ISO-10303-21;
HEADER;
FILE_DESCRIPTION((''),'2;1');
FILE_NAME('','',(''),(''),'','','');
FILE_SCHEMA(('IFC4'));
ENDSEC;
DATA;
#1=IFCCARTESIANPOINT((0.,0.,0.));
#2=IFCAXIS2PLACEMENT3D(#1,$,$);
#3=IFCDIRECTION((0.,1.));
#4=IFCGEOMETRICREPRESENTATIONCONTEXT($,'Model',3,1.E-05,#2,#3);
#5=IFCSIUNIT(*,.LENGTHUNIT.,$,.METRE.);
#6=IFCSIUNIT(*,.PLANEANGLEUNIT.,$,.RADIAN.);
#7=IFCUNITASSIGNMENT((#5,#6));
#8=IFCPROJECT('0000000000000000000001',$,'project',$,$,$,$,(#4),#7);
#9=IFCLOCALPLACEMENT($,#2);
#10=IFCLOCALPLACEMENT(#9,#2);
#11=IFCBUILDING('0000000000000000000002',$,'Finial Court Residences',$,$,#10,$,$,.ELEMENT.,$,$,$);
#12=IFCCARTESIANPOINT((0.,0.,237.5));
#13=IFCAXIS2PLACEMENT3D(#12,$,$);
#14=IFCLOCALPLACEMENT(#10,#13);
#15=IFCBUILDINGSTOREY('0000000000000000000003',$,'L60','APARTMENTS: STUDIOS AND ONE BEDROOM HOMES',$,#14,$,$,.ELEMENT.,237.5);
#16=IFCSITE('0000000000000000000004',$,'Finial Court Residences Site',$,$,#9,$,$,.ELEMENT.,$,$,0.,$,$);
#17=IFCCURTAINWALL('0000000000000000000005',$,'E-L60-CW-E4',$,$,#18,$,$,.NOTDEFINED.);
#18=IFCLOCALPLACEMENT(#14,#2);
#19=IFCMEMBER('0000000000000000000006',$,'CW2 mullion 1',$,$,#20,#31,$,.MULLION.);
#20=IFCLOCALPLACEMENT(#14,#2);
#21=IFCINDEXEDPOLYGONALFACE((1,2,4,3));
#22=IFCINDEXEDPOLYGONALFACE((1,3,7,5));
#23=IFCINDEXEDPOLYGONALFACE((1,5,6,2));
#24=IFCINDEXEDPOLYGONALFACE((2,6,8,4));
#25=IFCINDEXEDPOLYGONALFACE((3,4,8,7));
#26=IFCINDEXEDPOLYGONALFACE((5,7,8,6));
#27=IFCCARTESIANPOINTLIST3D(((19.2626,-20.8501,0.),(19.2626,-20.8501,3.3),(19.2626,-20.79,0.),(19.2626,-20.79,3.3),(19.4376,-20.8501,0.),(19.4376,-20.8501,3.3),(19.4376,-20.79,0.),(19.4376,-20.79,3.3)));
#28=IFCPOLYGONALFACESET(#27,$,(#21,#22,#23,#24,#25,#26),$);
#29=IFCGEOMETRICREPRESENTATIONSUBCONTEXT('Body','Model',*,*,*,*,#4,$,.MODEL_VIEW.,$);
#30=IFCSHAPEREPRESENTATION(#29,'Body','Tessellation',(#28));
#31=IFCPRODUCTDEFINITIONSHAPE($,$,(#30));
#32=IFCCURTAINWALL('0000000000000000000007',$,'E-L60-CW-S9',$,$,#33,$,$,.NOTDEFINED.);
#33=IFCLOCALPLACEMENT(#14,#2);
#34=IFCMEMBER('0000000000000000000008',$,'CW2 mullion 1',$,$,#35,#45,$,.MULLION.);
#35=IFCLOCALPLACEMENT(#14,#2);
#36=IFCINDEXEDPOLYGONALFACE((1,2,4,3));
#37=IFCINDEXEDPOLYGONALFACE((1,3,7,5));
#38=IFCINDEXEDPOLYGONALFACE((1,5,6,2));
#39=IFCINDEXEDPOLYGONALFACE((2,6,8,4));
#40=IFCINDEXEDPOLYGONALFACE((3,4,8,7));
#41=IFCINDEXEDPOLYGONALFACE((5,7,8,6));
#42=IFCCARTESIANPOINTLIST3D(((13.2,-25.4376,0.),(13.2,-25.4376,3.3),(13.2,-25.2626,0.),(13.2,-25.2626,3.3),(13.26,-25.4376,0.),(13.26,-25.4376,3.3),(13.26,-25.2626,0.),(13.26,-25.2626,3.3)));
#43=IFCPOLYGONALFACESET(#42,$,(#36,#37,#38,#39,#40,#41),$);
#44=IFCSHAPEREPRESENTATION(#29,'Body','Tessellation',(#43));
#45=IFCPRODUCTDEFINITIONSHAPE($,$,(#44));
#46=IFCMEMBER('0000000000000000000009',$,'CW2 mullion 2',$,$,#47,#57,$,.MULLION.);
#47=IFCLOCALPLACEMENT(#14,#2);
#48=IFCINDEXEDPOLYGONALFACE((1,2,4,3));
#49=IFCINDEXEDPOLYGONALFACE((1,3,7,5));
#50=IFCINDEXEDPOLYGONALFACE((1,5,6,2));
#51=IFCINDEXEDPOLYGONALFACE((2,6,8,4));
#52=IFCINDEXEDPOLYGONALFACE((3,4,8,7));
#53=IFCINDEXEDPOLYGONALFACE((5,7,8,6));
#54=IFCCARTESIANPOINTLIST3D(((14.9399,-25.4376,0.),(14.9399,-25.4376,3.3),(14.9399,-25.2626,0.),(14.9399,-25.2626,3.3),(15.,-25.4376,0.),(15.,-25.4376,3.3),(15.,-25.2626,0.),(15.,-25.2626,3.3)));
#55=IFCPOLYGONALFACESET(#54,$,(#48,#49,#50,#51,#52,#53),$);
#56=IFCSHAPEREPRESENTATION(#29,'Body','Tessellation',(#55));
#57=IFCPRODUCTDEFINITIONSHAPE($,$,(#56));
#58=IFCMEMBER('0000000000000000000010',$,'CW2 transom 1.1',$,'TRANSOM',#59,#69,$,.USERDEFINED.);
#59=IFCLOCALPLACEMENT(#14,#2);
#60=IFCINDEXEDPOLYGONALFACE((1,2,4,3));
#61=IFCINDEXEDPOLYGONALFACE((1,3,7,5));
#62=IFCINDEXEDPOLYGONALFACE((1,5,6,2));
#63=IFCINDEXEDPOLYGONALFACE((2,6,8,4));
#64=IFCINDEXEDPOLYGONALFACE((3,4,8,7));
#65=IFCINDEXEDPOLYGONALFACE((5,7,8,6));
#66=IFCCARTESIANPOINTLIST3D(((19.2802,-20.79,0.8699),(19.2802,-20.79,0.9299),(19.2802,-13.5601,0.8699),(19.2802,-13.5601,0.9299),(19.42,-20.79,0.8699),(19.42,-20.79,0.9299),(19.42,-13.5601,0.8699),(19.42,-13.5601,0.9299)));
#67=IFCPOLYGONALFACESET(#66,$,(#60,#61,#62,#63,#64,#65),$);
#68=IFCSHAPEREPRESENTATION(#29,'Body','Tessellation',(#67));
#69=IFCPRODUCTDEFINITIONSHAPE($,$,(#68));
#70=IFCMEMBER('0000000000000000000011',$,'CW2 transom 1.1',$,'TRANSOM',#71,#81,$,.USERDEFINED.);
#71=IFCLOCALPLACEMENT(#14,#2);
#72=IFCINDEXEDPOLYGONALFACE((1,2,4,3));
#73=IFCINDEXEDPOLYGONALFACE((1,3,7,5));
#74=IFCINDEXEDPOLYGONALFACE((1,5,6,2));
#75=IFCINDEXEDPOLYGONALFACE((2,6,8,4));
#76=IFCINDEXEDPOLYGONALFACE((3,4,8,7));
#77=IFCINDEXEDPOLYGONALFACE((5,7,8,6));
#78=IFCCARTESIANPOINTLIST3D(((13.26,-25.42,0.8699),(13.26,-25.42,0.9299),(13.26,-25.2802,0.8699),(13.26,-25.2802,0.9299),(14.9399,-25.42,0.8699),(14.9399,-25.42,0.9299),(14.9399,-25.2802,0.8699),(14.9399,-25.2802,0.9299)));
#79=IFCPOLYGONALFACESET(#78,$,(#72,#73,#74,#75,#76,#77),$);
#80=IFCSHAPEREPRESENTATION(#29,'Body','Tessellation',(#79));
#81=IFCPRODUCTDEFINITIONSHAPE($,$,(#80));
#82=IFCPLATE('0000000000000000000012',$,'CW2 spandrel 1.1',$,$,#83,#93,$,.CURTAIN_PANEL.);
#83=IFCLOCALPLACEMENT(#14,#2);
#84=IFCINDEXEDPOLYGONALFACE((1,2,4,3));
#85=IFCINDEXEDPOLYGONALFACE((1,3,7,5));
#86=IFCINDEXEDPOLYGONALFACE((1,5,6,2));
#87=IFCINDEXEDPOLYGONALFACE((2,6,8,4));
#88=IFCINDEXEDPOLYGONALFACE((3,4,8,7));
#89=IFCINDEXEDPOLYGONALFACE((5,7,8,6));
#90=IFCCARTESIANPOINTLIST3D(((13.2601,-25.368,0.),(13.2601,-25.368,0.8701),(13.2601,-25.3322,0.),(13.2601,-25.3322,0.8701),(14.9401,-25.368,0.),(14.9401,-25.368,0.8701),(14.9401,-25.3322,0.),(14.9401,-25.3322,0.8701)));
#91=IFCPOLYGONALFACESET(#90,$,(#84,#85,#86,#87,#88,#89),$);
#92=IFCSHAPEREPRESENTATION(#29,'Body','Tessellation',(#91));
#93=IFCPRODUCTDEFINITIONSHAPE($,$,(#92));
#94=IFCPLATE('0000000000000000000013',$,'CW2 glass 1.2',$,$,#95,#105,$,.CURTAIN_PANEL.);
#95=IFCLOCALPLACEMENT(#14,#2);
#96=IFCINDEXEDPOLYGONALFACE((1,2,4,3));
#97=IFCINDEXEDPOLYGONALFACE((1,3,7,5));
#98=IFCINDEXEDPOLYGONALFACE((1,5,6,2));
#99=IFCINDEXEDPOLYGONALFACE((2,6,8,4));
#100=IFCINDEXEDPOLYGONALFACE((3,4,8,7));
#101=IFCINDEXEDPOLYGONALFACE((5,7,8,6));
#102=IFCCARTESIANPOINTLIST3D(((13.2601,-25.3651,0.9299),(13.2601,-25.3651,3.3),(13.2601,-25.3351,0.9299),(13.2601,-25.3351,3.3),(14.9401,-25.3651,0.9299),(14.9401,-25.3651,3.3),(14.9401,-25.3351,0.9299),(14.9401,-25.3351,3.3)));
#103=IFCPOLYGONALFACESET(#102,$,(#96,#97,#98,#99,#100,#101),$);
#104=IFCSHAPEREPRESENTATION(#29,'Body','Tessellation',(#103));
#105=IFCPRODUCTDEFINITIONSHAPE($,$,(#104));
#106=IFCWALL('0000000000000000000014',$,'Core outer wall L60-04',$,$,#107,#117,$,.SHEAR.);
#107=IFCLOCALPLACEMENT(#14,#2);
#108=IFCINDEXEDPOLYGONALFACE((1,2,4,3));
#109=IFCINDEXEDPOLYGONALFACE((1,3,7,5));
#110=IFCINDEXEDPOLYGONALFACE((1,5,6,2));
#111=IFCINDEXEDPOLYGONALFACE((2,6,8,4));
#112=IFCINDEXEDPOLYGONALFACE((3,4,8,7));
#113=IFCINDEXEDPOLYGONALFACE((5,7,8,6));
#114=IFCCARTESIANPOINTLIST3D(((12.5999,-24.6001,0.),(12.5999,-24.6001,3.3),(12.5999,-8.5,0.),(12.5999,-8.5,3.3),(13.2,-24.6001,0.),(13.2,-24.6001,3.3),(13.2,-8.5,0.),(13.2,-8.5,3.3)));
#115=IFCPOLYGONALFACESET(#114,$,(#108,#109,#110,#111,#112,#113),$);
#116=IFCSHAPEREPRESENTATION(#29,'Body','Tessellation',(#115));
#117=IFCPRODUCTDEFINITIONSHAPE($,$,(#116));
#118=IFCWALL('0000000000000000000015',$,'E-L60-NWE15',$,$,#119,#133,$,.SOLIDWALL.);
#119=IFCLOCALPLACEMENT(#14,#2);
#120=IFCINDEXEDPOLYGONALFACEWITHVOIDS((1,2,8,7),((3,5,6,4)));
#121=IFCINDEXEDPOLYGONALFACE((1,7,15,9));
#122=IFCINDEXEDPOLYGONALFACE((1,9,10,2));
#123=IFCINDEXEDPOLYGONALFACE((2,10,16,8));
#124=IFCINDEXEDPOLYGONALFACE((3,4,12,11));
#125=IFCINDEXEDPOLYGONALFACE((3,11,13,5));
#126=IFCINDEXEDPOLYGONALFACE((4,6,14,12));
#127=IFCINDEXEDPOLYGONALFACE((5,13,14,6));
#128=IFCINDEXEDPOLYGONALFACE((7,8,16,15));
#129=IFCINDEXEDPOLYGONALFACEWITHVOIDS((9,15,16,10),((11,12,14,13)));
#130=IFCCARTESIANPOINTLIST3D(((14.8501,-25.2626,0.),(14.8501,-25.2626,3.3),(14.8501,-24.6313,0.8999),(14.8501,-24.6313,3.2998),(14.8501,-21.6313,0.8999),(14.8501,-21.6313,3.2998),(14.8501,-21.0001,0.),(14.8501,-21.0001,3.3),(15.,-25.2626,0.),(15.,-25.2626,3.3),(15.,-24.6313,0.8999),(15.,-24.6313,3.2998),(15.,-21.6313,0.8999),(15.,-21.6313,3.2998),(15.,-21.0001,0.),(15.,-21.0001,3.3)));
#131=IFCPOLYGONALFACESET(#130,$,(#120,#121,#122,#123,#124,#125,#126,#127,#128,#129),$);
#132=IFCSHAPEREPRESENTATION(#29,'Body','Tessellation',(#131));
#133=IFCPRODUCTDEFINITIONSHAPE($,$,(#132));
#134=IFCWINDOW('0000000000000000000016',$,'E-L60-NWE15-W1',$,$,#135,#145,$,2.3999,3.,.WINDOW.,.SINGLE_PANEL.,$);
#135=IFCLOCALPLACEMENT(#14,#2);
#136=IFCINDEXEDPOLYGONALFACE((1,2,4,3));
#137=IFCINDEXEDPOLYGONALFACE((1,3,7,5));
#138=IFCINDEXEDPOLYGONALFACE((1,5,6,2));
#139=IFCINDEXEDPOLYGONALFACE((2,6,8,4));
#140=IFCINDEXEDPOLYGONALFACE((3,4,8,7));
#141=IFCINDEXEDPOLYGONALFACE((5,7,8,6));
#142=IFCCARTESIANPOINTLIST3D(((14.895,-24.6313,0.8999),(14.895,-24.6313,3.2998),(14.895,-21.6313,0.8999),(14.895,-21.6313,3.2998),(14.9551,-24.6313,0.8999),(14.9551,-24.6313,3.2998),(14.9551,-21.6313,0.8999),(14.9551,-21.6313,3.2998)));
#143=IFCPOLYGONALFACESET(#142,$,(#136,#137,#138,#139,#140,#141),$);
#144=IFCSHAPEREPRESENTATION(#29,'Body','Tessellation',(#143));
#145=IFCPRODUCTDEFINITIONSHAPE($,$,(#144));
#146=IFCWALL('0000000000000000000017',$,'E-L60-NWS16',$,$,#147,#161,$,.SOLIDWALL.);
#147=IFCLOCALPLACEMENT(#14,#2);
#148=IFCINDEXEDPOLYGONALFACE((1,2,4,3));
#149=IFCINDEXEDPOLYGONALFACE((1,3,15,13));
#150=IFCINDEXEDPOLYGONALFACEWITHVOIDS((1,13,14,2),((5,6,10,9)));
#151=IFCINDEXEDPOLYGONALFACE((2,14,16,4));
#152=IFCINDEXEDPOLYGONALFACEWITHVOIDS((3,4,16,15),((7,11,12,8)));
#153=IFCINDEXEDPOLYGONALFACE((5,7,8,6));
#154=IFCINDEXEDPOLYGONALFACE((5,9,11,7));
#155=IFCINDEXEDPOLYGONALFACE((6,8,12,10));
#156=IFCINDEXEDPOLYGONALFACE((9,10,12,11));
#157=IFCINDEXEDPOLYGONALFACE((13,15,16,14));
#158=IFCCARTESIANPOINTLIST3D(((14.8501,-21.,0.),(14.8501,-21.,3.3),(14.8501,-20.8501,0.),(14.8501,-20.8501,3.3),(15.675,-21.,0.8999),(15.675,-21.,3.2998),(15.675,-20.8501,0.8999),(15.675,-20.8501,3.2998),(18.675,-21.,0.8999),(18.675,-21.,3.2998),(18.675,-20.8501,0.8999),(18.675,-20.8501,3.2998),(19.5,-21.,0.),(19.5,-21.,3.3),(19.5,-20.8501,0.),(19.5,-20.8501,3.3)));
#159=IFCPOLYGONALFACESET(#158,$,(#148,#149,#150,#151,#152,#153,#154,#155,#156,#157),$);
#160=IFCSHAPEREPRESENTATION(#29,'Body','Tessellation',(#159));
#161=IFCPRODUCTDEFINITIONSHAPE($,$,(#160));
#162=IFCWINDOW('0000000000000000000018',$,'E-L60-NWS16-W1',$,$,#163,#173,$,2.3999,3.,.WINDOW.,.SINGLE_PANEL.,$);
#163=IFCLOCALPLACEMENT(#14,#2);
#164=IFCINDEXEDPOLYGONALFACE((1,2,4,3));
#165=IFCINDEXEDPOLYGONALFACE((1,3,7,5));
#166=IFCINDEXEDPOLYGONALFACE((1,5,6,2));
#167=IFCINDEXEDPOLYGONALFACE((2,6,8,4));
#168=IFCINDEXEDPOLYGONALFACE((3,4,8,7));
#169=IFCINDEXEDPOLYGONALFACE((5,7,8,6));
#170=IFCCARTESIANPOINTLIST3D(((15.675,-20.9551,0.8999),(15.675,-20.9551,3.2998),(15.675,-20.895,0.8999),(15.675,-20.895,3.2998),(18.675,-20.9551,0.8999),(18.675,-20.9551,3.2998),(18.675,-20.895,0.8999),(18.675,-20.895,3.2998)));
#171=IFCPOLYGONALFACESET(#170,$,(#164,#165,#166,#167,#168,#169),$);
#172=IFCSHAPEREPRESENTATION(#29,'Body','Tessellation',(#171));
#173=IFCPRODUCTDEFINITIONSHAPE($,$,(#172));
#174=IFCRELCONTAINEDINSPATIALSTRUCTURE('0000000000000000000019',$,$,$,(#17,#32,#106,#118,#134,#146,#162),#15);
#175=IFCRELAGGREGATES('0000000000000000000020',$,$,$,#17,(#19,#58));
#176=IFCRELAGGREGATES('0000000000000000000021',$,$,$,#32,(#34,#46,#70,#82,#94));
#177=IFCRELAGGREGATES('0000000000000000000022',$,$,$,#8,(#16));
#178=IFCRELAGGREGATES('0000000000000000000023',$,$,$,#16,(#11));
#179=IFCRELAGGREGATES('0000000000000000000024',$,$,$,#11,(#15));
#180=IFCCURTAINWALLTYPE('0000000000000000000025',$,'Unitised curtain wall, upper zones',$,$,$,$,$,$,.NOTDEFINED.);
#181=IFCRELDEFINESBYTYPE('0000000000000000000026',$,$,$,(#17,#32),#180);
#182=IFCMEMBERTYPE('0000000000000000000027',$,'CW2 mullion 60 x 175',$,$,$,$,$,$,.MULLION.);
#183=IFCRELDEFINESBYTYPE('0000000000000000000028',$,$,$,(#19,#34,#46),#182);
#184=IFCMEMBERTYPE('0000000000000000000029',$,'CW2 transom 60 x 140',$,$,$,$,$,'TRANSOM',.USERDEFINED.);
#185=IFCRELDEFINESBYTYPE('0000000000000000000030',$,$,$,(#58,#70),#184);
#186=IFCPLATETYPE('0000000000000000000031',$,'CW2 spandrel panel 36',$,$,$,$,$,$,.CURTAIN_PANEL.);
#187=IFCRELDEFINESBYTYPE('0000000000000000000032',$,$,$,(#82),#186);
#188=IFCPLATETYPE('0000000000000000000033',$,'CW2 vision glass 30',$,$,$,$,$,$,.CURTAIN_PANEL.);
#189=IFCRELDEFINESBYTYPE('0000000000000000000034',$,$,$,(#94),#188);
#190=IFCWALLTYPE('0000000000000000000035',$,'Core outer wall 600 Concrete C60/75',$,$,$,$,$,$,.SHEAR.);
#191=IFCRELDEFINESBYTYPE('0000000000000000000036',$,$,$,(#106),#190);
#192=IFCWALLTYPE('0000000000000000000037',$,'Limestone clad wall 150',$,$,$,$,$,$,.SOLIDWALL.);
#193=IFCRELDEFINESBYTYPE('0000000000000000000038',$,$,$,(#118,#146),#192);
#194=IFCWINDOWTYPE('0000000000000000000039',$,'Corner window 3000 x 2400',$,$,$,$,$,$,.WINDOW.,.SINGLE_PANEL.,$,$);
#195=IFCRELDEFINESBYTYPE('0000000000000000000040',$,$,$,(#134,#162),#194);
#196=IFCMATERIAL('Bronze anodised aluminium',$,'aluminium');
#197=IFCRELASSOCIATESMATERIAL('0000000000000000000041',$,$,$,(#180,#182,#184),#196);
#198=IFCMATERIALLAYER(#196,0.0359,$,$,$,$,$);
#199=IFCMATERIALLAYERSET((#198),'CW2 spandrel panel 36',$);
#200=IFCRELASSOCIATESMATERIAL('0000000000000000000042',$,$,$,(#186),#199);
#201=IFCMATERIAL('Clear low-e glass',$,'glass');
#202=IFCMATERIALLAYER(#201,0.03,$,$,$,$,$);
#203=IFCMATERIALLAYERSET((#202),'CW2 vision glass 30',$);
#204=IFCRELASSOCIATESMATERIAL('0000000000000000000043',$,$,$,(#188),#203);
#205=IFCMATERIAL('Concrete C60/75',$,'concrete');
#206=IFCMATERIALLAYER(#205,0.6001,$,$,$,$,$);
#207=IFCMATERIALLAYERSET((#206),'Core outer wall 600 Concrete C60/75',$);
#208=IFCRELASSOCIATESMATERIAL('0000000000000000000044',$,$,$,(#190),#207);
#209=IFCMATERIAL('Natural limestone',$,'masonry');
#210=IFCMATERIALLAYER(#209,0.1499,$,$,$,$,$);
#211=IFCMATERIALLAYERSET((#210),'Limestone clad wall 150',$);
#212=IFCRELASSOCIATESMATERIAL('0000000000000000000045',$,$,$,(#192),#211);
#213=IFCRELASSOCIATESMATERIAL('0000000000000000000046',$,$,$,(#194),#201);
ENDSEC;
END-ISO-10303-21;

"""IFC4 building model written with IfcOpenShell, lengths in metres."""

from ifc_helpers import new_model, si_unit, direction, frame, frame_2d, origin, origin_2d, place, context, subcontext, project, spatial, rectangle, extrude, material, layer, layer_set, material_profile, profile_set, type_object, element, fill, aggregate, save


model = new_model("IFC4")

# Units and contexts
model_context = context("Model", 3, precision=1e-05, world=origin(), true_north=direction((0.0, 1.0)))
body_context = subcontext(model_context, "Body", "Model", "MODEL_VIEW")
ifc_project = project(units=[si_unit("LENGTHUNIT", "METRE"), si_unit("PLANEANGLEUNIT", "RADIAN")], contexts=[model_context])

# Site, building, storey
site_placement = place(None, origin())
site = spatial("IfcSite", under=ifc_project, at=site_placement, Name="Finial Court Residences Site", CompositionType="ELEMENT", RefElevation=0.0)
building_placement = place(site_placement, origin())
building = spatial("IfcBuilding", under=site, at=building_placement, Name="Finial Court Residences", CompositionType="ELEMENT")
storey_placement = place(building_placement, frame((0.0, 0.0, 237.5)))
storey = spatial("IfcBuildingStorey", under=building, at=storey_placement, Name="L60", Description="APARTMENTS: STUDIOS AND ONE BEDROOM HOMES", CompositionType="ELEMENT", Elevation=237.5)

# Curtain wall, member
ifc_material_1 = material(Name="Bronze anodised aluminium", Category="aluminium")
curtain_wall_type = type_object("IfcCurtainWallType", Name="Unitised curtain wall, upper zones", PredefinedType="NOTDEFINED", material=ifc_material_1)
curtain_wall_1_placement = place(storey_placement, origin())
curtain_wall_1 = element("IfcCurtainWall", 1, at=curtain_wall_1_placement, inside=storey, type_object=curtain_wall_type, Name="E-L60-CW-E4", PredefinedType="NOTDEFINED")
ifc_material_profile_1 = material_profile(ifc_material_1, rectangle(XDim=0.175, YDim=0.0601, at=origin_2d()), Name="CW2 mullion 60 x 175")
ifc_profile_set_1 = profile_set([ifc_material_profile_1], Name="Bronze anodised aluminium")
member_type_1 = type_object("IfcMemberType", Name="CW2 mullion 60 x 175", PredefinedType="MULLION", material=ifc_profile_set_1)
member_1_placement = place(storey_placement, frame((19.3501, -20.8201, 0.0), z_axis=(0.0, 0.0, 1.0), x_axis=(-1.0, 0.0, 0.0)))
member_1 = element("IfcMember", 2, at=member_1_placement, type_object=member_type_1, Name="CW2 mullion 1", PredefinedType="MULLION", context=body_context, shape_type="SweptSolid", body=[
    extrude(rectangle(XDim=0.175, YDim=0.0601, at=origin_2d()), origin(), (0.0, 0.0, 1.0), 3.3),
])

# Curtain wall, members
curtain_wall_2_placement = place(storey_placement, origin())
curtain_wall_2 = element("IfcCurtainWall", 3, at=curtain_wall_2_placement, inside=storey, type_object=curtain_wall_type, Name="E-L60-CW-S9", PredefinedType="NOTDEFINED")
member_2_placement = place(storey_placement, frame((13.23, -25.3501, 0.0), z_axis=(0.0, 0.0, 1.0), x_axis=(0.0, 1.0, 0.0)))
member_2 = element("IfcMember", 4, at=member_2_placement, type_object=member_type_1, Name="CW2 mullion 1", PredefinedType="MULLION", context=body_context, shape_type="SweptSolid", body=[
    extrude(rectangle(XDim=0.175, YDim=0.0601, at=origin_2d()), origin(), (0.0, 0.0, 1.0), 3.3),
])
member_3_placement = place(storey_placement, frame((14.97, -25.3501, 0.0), z_axis=(0.0, 0.0, 1.0), x_axis=(0.0, 1.0, 0.0)))
member_3 = element("IfcMember", 5, at=member_3_placement, type_object=member_type_1, Name="CW2 mullion 2", PredefinedType="MULLION", context=body_context, shape_type="SweptSolid", body=[
    extrude(rectangle(XDim=0.175, YDim=0.0601, at=origin_2d()), origin(), (0.0, 0.0, 1.0), 3.3),
])

# Members
ifc_material_profile_2 = material_profile(ifc_material_1, rectangle(XDim=0.1399, YDim=0.0601, at=origin_2d()), Name="CW2 transom 60 x 140")
ifc_profile_set_2 = profile_set([ifc_material_profile_2], Name="Bronze anodised aluminium")
member_type_2 = type_object("IfcMemberType", Name="CW2 transom 60 x 140", ElementType="TRANSOM", PredefinedType="USERDEFINED", material=ifc_profile_set_2)
member_4_placement = place(storey_placement, frame((19.3501, -20.79, 0.8999), z_axis=(0.0, 1.0, 0.0), x_axis=(-1.0, 0.0, 0.0)))
member_4 = element("IfcMember", 6, at=member_4_placement, type_object=member_type_2, Name="CW2 transom 1.1", ObjectType="TRANSOM", PredefinedType="USERDEFINED", context=body_context, shape_type="SweptSolid", body=[
    extrude(rectangle(XDim=0.1399, YDim=0.0601, at=origin_2d()), origin(), (0.0, 0.0, 1.0), 7.23),
])
aggregate(curtain_wall_1, [member_1, member_4])
member_5_placement = place(storey_placement, frame((13.26, -25.3501, 0.8999), z_axis=(1.0, 0.0, 0.0), x_axis=(0.0, 1.0, 0.0)))
member_5 = element("IfcMember", 7, at=member_5_placement, type_object=member_type_2, Name="CW2 transom 1.1", ObjectType="TRANSOM", PredefinedType="USERDEFINED", context=body_context, shape_type="SweptSolid", body=[
    extrude(rectangle(XDim=0.1399, YDim=0.0601, at=origin_2d()), origin(), (0.0, 0.0, 1.0), 1.6799),
])

# Plates
ifc_layer_1 = layer(ifc_material_1, 0.0359)
ifc_layer_set_1 = layer_set([ifc_layer_1], Name="CW2 spandrel panel 36")
plate_type_1 = type_object("IfcPlateType", Name="CW2 spandrel panel 36", PredefinedType="CURTAIN_PANEL", material=ifc_layer_set_1)
plate_1_placement = place(storey_placement, frame((14.1001, -25.3501, 0.0), z_axis=(0.0, 0.0, 1.0), x_axis=(1.0, 0.0, 0.0)))
plate_1 = element("IfcPlate", 8, at=plate_1_placement, type_object=plate_type_1, Name="CW2 spandrel 1.1", PredefinedType="CURTAIN_PANEL", context=body_context, shape_type="SweptSolid", body=[
    extrude(rectangle(XDim=1.6799, YDim=0.0359, at=origin_2d()), origin(), (0.0, 0.0, 1.0), 0.8701),
])
ifc_material_2 = material(Name="Clear low-e glass", Category="glass")
ifc_layer_2 = layer(ifc_material_2, 0.03)
ifc_layer_set_2 = layer_set([ifc_layer_2], Name="CW2 vision glass 30")
plate_type_2 = type_object("IfcPlateType", Name="CW2 vision glass 30", PredefinedType="CURTAIN_PANEL", material=ifc_layer_set_2)
plate_2_placement = place(storey_placement, frame((14.1001, -25.3501, 0.9299), z_axis=(0.0, 0.0, 1.0), x_axis=(1.0, 0.0, 0.0)))
plate_2 = element("IfcPlate", 9, at=plate_2_placement, type_object=plate_type_2, Name="CW2 glass 1.2", PredefinedType="CURTAIN_PANEL", context=body_context, shape_type="SweptSolid", body=[
    extrude(rectangle(XDim=1.6799, YDim=0.03, at=origin_2d()), origin(), (0.0, 0.0, 1.0), 2.3701),
])
aggregate(curtain_wall_2, [member_2, member_3, member_5, plate_1, plate_2])

# Wall
ifc_material_3 = material(Name="Concrete C60/75", Category="concrete")
ifc_layer_3 = layer(ifc_material_3, 0.6001)
ifc_layer_set_3 = layer_set([ifc_layer_3], Name="Core outer wall 600 Concrete C60/75")
wall_type_1 = type_object("IfcWallType", Name="Core outer wall 600 Concrete C60/75", PredefinedType="SHEAR", material=ifc_layer_set_3)
wall_1_placement = place(storey_placement, frame((12.8999, -24.6001, 0.0), z_axis=(0.0, 0.0, 1.0), x_axis=(0.0, 1.0, 0.0)))
element("IfcWall", 10, at=wall_1_placement, inside=storey, type_object=wall_type_1, Name="Core outer wall L60-04", PredefinedType="SHEAR", context=body_context, shape_type="SweptSolid", body=[
    extrude(rectangle(XDim=16.1001, YDim=0.6001, at=frame_2d((8.05, 0.0))), origin(), (0.0, 0.0, 1.0), 3.3),
])

# Walls, openings, windows
ifc_material_4 = material(Name="Natural limestone", Category="masonry")
ifc_layer_4 = layer(ifc_material_4, 0.1499)
ifc_layer_set_4 = layer_set([ifc_layer_4], Name="Limestone clad wall 150")
wall_type_2 = type_object("IfcWallType", Name="Limestone clad wall 150", PredefinedType="SOLIDWALL", material=ifc_layer_set_4)
wall_2_placement = place(storey_placement, frame((14.925, -21.0, 0.0), z_axis=(0.0, 0.0, 1.0), x_axis=(0.0, -1.0, 0.0)))
wall_2 = element("IfcWall", 11, at=wall_2_placement, inside=storey, type_object=wall_type_2, Name="E-L60-NWE15", PredefinedType="SOLIDWALL", context=body_context, shape_type="SweptSolid", body=[
    extrude(rectangle(XDim=4.2625, YDim=0.1499, at=frame_2d((2.1313, 0.0))), origin(), (0.0, 0.0, 1.0), 3.3),
])
opening_1_placement = place(wall_2_placement, frame((0.6313, 0.0, 0.8999)))
opening_1 = element("IfcOpeningElement", 12, at=opening_1_placement, cuts=wall_2, PredefinedType="OPENING", context=body_context, shape_type="SweptSolid", body=[
    extrude(rectangle(XDim=3.0, YDim=2.3999, at=frame_2d((1.5, 1.2))), frame((0.0, 0.085, 0.0), z_axis=(0.0, -1.0, 0.0), x_axis=(1.0, 0.0, 0.0)), (0.0, 0.0, 1.0), 0.1699),
])
window_type = type_object("IfcWindowType", Name="Corner window 3000 x 2400", PartitioningType="SINGLE_PANEL", PredefinedType="WINDOW", material=ifc_material_2)
window_1_placement = place(opening_1_placement, origin())
window_1 = element("IfcWindow", 13, at=window_1_placement, inside=storey, type_object=window_type, Name="E-L60-NWE15-W1", OverallHeight=2.3999, OverallWidth=3.0, PartitioningType="SINGLE_PANEL", PredefinedType="WINDOW", context=body_context, shape_type="SweptSolid", body=[
    extrude(rectangle(XDim=3.0, YDim=2.3999, at=frame_2d((1.5, 1.2))), frame((0.0, 0.03, 0.0), z_axis=(0.0, -1.0, 0.0), x_axis=(1.0, 0.0, 0.0)), (0.0, 0.0, 1.0), 0.0601),
])
fill(opening_1, window_1)
wall_3_placement = place(storey_placement, frame((19.5, -20.925, 0.0), z_axis=(0.0, 0.0, 1.0), x_axis=(-1.0, 0.0, 0.0)))
wall_3 = element("IfcWall", 14, at=wall_3_placement, inside=storey, type_object=wall_type_2, Name="E-L60-NWS16", PredefinedType="SOLIDWALL", context=body_context, shape_type="SweptSolid", body=[
    extrude(rectangle(XDim=4.6499, YDim=0.1499, at=frame_2d((2.325, 0.0))), origin(), (0.0, 0.0, 1.0), 3.3),
])
opening_2_placement = place(wall_3_placement, frame((0.825, 0.0, 0.8999)))
opening_2 = element("IfcOpeningElement", 15, at=opening_2_placement, cuts=wall_3, PredefinedType="OPENING", context=body_context, shape_type="SweptSolid", body=[
    extrude(rectangle(XDim=3.0, YDim=2.3999, at=frame_2d((1.5, 1.2))), frame((0.0, 0.085, 0.0), z_axis=(0.0, -1.0, 0.0), x_axis=(1.0, 0.0, 0.0)), (0.0, 0.0, 1.0), 0.1699),
])
window_2_placement = place(opening_2_placement, origin())
window_2 = element("IfcWindow", 16, at=window_2_placement, inside=storey, type_object=window_type, Name="E-L60-NWS16-W1", OverallHeight=2.3999, OverallWidth=3.0, PartitioningType="SINGLE_PANEL", PredefinedType="WINDOW", context=body_context, shape_type="SweptSolid", body=[
    extrude(rectangle(XDim=3.0, YDim=2.3999, at=frame_2d((1.5, 1.2))), frame((0.0, 0.03, 0.0), z_axis=(0.0, -1.0, 0.0), x_axis=(1.0, 0.0, 0.0)), (0.0, 0.0, 1.0), 0.0601),
])
fill(opening_2, window_2)

save(model, "model.ifc")
